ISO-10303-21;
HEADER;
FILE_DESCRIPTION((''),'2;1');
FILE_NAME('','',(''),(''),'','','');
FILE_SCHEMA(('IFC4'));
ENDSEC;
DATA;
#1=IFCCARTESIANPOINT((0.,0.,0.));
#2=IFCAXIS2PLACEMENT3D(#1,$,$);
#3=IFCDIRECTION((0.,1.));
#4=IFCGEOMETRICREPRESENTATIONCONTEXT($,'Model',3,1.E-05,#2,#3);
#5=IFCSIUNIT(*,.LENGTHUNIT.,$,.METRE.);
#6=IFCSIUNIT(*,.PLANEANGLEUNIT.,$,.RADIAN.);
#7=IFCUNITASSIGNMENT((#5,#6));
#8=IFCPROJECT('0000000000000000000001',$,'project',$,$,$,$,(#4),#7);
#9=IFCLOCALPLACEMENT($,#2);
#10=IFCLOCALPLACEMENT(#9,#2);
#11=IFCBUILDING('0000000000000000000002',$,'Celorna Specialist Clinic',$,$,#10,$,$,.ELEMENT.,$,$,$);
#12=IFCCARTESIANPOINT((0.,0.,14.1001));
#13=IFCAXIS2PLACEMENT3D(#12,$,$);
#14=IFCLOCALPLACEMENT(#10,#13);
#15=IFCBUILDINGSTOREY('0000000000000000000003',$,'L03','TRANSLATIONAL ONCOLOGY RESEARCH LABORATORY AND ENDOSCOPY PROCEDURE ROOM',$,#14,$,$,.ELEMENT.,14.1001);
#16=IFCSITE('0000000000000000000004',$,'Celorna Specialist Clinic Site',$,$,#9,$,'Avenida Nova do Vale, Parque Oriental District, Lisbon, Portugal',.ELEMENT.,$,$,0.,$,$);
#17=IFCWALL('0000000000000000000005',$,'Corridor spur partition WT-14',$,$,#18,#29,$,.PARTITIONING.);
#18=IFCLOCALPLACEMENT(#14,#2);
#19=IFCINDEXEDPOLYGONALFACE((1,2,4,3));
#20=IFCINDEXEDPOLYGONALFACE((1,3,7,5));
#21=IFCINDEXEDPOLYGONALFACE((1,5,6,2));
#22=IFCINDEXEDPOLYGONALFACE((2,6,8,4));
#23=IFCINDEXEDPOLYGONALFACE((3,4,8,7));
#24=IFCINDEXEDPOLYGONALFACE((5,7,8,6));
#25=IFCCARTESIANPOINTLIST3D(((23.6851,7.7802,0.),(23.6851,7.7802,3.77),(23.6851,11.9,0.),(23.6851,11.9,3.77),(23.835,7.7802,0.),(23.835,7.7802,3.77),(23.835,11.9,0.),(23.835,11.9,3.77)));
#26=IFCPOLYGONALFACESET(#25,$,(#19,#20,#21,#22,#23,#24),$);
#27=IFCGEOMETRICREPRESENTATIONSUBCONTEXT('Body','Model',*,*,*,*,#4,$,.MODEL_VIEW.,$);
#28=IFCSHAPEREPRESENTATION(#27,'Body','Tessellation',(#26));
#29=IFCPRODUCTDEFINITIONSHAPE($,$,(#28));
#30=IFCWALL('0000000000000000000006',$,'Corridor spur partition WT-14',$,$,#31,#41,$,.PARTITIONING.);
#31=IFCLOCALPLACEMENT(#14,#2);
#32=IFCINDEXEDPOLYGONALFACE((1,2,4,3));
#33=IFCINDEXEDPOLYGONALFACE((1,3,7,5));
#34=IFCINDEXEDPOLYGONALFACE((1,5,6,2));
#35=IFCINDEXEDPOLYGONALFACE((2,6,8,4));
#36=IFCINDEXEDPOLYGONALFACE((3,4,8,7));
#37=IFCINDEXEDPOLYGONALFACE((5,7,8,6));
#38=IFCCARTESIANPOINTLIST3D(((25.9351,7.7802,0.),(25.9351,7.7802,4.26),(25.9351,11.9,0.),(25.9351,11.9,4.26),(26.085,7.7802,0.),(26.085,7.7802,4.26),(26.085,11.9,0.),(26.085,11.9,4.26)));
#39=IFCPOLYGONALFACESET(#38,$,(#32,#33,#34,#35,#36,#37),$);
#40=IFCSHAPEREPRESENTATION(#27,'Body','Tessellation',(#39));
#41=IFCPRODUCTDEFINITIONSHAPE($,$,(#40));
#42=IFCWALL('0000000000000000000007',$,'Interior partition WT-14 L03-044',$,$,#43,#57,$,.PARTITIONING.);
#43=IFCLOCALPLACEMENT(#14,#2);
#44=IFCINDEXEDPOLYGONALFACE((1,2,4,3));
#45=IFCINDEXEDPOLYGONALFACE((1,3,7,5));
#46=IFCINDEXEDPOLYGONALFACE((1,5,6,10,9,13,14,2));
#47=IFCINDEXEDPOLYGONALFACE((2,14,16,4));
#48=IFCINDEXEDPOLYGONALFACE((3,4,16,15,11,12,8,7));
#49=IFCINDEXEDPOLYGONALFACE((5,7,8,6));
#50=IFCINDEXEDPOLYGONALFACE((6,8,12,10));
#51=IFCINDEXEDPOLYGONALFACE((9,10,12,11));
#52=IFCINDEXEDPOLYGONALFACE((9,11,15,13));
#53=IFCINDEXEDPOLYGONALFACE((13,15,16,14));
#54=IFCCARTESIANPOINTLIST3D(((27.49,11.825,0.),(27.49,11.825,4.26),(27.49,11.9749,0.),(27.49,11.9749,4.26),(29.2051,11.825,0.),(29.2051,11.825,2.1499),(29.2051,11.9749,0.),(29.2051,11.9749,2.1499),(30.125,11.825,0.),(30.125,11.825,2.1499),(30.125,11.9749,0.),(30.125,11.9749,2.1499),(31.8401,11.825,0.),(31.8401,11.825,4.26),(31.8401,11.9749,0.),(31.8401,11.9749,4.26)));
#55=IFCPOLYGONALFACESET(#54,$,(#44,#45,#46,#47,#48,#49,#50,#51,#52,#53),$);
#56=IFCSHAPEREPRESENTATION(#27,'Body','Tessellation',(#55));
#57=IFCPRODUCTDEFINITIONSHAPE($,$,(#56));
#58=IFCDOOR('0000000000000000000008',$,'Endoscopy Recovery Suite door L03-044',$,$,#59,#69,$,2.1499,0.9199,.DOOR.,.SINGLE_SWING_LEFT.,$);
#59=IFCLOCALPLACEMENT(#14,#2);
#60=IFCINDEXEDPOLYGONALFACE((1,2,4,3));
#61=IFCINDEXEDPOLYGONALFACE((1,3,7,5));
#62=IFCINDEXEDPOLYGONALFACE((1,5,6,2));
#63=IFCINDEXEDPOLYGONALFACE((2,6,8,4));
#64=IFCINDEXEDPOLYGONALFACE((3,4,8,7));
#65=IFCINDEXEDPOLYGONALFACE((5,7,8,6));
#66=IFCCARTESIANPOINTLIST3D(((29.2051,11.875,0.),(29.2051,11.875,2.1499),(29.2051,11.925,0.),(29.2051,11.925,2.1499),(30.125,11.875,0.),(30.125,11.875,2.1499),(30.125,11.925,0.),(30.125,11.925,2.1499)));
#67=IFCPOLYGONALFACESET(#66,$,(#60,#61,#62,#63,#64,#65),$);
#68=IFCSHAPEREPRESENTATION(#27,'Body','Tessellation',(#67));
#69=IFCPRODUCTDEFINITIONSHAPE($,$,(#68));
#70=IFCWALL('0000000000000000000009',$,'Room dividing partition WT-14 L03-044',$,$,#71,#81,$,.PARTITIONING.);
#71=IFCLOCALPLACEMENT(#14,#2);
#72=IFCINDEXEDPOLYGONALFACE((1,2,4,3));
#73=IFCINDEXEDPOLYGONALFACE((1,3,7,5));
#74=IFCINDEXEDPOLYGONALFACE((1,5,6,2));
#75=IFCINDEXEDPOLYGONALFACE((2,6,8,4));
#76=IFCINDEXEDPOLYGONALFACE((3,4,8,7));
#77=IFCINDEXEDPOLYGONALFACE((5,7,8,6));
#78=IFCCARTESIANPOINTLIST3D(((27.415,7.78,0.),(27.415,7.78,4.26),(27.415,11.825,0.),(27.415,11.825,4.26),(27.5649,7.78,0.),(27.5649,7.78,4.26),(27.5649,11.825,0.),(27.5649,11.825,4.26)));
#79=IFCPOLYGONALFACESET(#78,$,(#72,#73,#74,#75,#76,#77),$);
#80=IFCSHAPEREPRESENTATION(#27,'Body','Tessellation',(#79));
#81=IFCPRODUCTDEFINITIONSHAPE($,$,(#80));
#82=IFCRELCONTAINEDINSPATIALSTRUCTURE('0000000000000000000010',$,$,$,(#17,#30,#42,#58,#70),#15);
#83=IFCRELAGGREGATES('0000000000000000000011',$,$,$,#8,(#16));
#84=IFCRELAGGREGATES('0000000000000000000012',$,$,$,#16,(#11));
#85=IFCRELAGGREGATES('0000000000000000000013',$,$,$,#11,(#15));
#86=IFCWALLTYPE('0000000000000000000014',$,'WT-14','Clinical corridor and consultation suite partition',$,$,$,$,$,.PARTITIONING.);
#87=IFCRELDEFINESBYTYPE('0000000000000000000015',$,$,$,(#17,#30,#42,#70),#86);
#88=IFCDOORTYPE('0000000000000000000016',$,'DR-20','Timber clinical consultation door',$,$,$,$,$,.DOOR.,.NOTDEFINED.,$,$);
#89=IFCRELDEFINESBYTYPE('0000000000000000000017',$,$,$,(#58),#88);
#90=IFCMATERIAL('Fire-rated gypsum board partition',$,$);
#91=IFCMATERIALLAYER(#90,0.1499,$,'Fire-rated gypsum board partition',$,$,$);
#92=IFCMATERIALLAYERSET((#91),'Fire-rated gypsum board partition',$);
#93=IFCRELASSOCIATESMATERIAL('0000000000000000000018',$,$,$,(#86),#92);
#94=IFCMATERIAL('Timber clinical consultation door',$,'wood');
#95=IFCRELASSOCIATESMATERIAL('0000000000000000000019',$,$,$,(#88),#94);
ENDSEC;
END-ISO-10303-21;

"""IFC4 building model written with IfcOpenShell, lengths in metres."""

from ifc_helpers import new_model, si_unit, direction, frame, frame_2d, origin, place, context, subcontext, project, spatial, rectangle, extrude, material, layer, layer_set, type_object, element, fill, save


model = new_model("IFC4")

# Units and contexts
model_context = context("Model", 3, precision=1e-05, world=origin(), true_north=direction((0.0, 1.0)))
body_context = subcontext(model_context, "Body", "Model", "MODEL_VIEW")
ifc_project = project(units=[si_unit("LENGTHUNIT", "METRE"), si_unit("PLANEANGLEUNIT", "RADIAN")], contexts=[model_context])

# Site, building, storey
site_placement = place(None, origin())
site = spatial("IfcSite", under=ifc_project, at=site_placement, Name="Celorna Specialist Clinic Site", LongName="Avenida Nova do Vale, Parque Oriental District, Lisbon, Portugal", CompositionType="ELEMENT", RefElevation=0.0)
building_placement = place(site_placement, origin())
building = spatial("IfcBuilding", under=site, at=building_placement, Name="Celorna Specialist Clinic", CompositionType="ELEMENT")
storey_placement = place(building_placement, frame((0.0, 0.0, 14.1001)))
storey = spatial("IfcBuildingStorey", under=building, at=storey_placement, Name="L03", Description="TRANSLATIONAL ONCOLOGY RESEARCH LABORATORY AND ENDOSCOPY PROCEDURE ROOM", CompositionType="ELEMENT", Elevation=14.1001)

# Walls
ifc_material_1 = material(Name="Fire-rated gypsum board partition")
ifc_layer_1 = layer(ifc_material_1, 0.1499, Name="Fire-rated gypsum board partition")
ifc_layer_set_1 = layer_set([ifc_layer_1], Name="Fire-rated gypsum board partition")
wall_type_1 = type_object("IfcWallType", Name="WT-14", Description="Clinical corridor and consultation suite partition", PredefinedType="PARTITIONING", material=ifc_layer_set_1)
wall_1_placement = place(storey_placement, frame((23.76, 7.78, 0.0), z_axis=(0.0, 0.0, 1.0), x_axis=(0.0, 1.0, 0.0)))
element("IfcWall", 1, at=wall_1_placement, inside=storey, type_object=wall_type_1, Name="Corridor spur partition WT-14", PredefinedType="PARTITIONING", context=body_context, shape_type="SweptSolid", body=[
    extrude(rectangle(XDim=4.1199, YDim=0.1499, at=frame_2d((2.0601, 0.0))), origin(), (0.0, 0.0, 1.0), 3.77),
])
wall_2_placement = place(storey_placement, frame((26.01, 7.78, 0.0), z_axis=(0.0, 0.0, 1.0), x_axis=(0.0, 1.0, 0.0)))
element("IfcWall", 2, at=wall_2_placement, inside=storey, type_object=wall_type_1, Name="Corridor spur partition WT-14", PredefinedType="PARTITIONING", context=body_context, shape_type="SweptSolid", body=[
    extrude(rectangle(XDim=4.1199, YDim=0.1499, at=frame_2d((2.0601, 0.0))), origin(), (0.0, 0.0, 1.0), 4.26),
])

# Wall, opening, door
wall_3_placement = place(storey_placement, frame((31.8401, 11.8999, 0.0), z_axis=(0.0, 0.0, 1.0), x_axis=(-1.0, 0.0, 0.0)))
wall_3 = element("IfcWall", 3, at=wall_3_placement, inside=storey, type_object=wall_type_1, Name="Interior partition WT-14 L03-044", PredefinedType="PARTITIONING", context=body_context, shape_type="SweptSolid", body=[
    extrude(rectangle(XDim=4.3501, YDim=0.1499, at=frame_2d((2.175, 0.0))), origin(), (0.0, 0.0, 1.0), 4.26),
])
opening_1_placement = place(wall_3_placement, frame((1.7151, 0.0, 0.0)))
opening_1 = element("IfcOpeningElement", 4, at=opening_1_placement, cuts=wall_3, PredefinedType="OPENING", context=body_context, shape_type="SweptSolid", body=[
    extrude(rectangle(XDim=0.9199, YDim=2.1499, at=frame_2d((0.46, 1.075))), frame((0.0, 0.085, 0.0), z_axis=(0.0, -1.0, 0.0), x_axis=(1.0, 0.0, 0.0)), (0.0, 0.0, 1.0), 0.1699),
])
ifc_material_2 = material(Name="Timber clinical consultation door", Category="wood")
door_type_1 = type_object("IfcDoorType", Name="DR-20", Description="Timber clinical consultation door", OperationType="NOTDEFINED", PredefinedType="DOOR", material=ifc_material_2)
door_1_placement = place(opening_1_placement, origin())
door_1 = element("IfcDoor", 5, at=door_1_placement, inside=storey, type_object=door_type_1, Name="Endoscopy Recovery Suite door L03-044", OperationType="SINGLE_SWING_LEFT", OverallHeight=2.1499, OverallWidth=0.9199, PredefinedType="DOOR", context=body_context, shape_type="SweptSolid", body=[
    extrude(rectangle(XDim=0.9199, YDim=2.1499, at=frame_2d((0.46, 1.075))), frame((0.0, 0.0249, 0.0), z_axis=(0.0, -1.0, 0.0), x_axis=(1.0, 0.0, 0.0)), (0.0, 0.0, 1.0), 0.05),
])
fill(opening_1, door_1)

# Wall
wall_4_placement = place(storey_placement, frame((27.49, 7.78, 0.0), z_axis=(0.0, 0.0, 1.0), x_axis=(0.0, 1.0, 0.0)))
element("IfcWall", 6, at=wall_4_placement, inside=storey, type_object=wall_type_1, Name="Room dividing partition WT-14 L03-044", PredefinedType="PARTITIONING", context=body_context, shape_type="SweptSolid", body=[
    extrude(rectangle(XDim=4.0449, YDim=0.1499, at=frame_2d((2.0225, 0.0))), origin(), (0.0, 0.0, 1.0), 4.26),
])

save(model, "model.ifc")
